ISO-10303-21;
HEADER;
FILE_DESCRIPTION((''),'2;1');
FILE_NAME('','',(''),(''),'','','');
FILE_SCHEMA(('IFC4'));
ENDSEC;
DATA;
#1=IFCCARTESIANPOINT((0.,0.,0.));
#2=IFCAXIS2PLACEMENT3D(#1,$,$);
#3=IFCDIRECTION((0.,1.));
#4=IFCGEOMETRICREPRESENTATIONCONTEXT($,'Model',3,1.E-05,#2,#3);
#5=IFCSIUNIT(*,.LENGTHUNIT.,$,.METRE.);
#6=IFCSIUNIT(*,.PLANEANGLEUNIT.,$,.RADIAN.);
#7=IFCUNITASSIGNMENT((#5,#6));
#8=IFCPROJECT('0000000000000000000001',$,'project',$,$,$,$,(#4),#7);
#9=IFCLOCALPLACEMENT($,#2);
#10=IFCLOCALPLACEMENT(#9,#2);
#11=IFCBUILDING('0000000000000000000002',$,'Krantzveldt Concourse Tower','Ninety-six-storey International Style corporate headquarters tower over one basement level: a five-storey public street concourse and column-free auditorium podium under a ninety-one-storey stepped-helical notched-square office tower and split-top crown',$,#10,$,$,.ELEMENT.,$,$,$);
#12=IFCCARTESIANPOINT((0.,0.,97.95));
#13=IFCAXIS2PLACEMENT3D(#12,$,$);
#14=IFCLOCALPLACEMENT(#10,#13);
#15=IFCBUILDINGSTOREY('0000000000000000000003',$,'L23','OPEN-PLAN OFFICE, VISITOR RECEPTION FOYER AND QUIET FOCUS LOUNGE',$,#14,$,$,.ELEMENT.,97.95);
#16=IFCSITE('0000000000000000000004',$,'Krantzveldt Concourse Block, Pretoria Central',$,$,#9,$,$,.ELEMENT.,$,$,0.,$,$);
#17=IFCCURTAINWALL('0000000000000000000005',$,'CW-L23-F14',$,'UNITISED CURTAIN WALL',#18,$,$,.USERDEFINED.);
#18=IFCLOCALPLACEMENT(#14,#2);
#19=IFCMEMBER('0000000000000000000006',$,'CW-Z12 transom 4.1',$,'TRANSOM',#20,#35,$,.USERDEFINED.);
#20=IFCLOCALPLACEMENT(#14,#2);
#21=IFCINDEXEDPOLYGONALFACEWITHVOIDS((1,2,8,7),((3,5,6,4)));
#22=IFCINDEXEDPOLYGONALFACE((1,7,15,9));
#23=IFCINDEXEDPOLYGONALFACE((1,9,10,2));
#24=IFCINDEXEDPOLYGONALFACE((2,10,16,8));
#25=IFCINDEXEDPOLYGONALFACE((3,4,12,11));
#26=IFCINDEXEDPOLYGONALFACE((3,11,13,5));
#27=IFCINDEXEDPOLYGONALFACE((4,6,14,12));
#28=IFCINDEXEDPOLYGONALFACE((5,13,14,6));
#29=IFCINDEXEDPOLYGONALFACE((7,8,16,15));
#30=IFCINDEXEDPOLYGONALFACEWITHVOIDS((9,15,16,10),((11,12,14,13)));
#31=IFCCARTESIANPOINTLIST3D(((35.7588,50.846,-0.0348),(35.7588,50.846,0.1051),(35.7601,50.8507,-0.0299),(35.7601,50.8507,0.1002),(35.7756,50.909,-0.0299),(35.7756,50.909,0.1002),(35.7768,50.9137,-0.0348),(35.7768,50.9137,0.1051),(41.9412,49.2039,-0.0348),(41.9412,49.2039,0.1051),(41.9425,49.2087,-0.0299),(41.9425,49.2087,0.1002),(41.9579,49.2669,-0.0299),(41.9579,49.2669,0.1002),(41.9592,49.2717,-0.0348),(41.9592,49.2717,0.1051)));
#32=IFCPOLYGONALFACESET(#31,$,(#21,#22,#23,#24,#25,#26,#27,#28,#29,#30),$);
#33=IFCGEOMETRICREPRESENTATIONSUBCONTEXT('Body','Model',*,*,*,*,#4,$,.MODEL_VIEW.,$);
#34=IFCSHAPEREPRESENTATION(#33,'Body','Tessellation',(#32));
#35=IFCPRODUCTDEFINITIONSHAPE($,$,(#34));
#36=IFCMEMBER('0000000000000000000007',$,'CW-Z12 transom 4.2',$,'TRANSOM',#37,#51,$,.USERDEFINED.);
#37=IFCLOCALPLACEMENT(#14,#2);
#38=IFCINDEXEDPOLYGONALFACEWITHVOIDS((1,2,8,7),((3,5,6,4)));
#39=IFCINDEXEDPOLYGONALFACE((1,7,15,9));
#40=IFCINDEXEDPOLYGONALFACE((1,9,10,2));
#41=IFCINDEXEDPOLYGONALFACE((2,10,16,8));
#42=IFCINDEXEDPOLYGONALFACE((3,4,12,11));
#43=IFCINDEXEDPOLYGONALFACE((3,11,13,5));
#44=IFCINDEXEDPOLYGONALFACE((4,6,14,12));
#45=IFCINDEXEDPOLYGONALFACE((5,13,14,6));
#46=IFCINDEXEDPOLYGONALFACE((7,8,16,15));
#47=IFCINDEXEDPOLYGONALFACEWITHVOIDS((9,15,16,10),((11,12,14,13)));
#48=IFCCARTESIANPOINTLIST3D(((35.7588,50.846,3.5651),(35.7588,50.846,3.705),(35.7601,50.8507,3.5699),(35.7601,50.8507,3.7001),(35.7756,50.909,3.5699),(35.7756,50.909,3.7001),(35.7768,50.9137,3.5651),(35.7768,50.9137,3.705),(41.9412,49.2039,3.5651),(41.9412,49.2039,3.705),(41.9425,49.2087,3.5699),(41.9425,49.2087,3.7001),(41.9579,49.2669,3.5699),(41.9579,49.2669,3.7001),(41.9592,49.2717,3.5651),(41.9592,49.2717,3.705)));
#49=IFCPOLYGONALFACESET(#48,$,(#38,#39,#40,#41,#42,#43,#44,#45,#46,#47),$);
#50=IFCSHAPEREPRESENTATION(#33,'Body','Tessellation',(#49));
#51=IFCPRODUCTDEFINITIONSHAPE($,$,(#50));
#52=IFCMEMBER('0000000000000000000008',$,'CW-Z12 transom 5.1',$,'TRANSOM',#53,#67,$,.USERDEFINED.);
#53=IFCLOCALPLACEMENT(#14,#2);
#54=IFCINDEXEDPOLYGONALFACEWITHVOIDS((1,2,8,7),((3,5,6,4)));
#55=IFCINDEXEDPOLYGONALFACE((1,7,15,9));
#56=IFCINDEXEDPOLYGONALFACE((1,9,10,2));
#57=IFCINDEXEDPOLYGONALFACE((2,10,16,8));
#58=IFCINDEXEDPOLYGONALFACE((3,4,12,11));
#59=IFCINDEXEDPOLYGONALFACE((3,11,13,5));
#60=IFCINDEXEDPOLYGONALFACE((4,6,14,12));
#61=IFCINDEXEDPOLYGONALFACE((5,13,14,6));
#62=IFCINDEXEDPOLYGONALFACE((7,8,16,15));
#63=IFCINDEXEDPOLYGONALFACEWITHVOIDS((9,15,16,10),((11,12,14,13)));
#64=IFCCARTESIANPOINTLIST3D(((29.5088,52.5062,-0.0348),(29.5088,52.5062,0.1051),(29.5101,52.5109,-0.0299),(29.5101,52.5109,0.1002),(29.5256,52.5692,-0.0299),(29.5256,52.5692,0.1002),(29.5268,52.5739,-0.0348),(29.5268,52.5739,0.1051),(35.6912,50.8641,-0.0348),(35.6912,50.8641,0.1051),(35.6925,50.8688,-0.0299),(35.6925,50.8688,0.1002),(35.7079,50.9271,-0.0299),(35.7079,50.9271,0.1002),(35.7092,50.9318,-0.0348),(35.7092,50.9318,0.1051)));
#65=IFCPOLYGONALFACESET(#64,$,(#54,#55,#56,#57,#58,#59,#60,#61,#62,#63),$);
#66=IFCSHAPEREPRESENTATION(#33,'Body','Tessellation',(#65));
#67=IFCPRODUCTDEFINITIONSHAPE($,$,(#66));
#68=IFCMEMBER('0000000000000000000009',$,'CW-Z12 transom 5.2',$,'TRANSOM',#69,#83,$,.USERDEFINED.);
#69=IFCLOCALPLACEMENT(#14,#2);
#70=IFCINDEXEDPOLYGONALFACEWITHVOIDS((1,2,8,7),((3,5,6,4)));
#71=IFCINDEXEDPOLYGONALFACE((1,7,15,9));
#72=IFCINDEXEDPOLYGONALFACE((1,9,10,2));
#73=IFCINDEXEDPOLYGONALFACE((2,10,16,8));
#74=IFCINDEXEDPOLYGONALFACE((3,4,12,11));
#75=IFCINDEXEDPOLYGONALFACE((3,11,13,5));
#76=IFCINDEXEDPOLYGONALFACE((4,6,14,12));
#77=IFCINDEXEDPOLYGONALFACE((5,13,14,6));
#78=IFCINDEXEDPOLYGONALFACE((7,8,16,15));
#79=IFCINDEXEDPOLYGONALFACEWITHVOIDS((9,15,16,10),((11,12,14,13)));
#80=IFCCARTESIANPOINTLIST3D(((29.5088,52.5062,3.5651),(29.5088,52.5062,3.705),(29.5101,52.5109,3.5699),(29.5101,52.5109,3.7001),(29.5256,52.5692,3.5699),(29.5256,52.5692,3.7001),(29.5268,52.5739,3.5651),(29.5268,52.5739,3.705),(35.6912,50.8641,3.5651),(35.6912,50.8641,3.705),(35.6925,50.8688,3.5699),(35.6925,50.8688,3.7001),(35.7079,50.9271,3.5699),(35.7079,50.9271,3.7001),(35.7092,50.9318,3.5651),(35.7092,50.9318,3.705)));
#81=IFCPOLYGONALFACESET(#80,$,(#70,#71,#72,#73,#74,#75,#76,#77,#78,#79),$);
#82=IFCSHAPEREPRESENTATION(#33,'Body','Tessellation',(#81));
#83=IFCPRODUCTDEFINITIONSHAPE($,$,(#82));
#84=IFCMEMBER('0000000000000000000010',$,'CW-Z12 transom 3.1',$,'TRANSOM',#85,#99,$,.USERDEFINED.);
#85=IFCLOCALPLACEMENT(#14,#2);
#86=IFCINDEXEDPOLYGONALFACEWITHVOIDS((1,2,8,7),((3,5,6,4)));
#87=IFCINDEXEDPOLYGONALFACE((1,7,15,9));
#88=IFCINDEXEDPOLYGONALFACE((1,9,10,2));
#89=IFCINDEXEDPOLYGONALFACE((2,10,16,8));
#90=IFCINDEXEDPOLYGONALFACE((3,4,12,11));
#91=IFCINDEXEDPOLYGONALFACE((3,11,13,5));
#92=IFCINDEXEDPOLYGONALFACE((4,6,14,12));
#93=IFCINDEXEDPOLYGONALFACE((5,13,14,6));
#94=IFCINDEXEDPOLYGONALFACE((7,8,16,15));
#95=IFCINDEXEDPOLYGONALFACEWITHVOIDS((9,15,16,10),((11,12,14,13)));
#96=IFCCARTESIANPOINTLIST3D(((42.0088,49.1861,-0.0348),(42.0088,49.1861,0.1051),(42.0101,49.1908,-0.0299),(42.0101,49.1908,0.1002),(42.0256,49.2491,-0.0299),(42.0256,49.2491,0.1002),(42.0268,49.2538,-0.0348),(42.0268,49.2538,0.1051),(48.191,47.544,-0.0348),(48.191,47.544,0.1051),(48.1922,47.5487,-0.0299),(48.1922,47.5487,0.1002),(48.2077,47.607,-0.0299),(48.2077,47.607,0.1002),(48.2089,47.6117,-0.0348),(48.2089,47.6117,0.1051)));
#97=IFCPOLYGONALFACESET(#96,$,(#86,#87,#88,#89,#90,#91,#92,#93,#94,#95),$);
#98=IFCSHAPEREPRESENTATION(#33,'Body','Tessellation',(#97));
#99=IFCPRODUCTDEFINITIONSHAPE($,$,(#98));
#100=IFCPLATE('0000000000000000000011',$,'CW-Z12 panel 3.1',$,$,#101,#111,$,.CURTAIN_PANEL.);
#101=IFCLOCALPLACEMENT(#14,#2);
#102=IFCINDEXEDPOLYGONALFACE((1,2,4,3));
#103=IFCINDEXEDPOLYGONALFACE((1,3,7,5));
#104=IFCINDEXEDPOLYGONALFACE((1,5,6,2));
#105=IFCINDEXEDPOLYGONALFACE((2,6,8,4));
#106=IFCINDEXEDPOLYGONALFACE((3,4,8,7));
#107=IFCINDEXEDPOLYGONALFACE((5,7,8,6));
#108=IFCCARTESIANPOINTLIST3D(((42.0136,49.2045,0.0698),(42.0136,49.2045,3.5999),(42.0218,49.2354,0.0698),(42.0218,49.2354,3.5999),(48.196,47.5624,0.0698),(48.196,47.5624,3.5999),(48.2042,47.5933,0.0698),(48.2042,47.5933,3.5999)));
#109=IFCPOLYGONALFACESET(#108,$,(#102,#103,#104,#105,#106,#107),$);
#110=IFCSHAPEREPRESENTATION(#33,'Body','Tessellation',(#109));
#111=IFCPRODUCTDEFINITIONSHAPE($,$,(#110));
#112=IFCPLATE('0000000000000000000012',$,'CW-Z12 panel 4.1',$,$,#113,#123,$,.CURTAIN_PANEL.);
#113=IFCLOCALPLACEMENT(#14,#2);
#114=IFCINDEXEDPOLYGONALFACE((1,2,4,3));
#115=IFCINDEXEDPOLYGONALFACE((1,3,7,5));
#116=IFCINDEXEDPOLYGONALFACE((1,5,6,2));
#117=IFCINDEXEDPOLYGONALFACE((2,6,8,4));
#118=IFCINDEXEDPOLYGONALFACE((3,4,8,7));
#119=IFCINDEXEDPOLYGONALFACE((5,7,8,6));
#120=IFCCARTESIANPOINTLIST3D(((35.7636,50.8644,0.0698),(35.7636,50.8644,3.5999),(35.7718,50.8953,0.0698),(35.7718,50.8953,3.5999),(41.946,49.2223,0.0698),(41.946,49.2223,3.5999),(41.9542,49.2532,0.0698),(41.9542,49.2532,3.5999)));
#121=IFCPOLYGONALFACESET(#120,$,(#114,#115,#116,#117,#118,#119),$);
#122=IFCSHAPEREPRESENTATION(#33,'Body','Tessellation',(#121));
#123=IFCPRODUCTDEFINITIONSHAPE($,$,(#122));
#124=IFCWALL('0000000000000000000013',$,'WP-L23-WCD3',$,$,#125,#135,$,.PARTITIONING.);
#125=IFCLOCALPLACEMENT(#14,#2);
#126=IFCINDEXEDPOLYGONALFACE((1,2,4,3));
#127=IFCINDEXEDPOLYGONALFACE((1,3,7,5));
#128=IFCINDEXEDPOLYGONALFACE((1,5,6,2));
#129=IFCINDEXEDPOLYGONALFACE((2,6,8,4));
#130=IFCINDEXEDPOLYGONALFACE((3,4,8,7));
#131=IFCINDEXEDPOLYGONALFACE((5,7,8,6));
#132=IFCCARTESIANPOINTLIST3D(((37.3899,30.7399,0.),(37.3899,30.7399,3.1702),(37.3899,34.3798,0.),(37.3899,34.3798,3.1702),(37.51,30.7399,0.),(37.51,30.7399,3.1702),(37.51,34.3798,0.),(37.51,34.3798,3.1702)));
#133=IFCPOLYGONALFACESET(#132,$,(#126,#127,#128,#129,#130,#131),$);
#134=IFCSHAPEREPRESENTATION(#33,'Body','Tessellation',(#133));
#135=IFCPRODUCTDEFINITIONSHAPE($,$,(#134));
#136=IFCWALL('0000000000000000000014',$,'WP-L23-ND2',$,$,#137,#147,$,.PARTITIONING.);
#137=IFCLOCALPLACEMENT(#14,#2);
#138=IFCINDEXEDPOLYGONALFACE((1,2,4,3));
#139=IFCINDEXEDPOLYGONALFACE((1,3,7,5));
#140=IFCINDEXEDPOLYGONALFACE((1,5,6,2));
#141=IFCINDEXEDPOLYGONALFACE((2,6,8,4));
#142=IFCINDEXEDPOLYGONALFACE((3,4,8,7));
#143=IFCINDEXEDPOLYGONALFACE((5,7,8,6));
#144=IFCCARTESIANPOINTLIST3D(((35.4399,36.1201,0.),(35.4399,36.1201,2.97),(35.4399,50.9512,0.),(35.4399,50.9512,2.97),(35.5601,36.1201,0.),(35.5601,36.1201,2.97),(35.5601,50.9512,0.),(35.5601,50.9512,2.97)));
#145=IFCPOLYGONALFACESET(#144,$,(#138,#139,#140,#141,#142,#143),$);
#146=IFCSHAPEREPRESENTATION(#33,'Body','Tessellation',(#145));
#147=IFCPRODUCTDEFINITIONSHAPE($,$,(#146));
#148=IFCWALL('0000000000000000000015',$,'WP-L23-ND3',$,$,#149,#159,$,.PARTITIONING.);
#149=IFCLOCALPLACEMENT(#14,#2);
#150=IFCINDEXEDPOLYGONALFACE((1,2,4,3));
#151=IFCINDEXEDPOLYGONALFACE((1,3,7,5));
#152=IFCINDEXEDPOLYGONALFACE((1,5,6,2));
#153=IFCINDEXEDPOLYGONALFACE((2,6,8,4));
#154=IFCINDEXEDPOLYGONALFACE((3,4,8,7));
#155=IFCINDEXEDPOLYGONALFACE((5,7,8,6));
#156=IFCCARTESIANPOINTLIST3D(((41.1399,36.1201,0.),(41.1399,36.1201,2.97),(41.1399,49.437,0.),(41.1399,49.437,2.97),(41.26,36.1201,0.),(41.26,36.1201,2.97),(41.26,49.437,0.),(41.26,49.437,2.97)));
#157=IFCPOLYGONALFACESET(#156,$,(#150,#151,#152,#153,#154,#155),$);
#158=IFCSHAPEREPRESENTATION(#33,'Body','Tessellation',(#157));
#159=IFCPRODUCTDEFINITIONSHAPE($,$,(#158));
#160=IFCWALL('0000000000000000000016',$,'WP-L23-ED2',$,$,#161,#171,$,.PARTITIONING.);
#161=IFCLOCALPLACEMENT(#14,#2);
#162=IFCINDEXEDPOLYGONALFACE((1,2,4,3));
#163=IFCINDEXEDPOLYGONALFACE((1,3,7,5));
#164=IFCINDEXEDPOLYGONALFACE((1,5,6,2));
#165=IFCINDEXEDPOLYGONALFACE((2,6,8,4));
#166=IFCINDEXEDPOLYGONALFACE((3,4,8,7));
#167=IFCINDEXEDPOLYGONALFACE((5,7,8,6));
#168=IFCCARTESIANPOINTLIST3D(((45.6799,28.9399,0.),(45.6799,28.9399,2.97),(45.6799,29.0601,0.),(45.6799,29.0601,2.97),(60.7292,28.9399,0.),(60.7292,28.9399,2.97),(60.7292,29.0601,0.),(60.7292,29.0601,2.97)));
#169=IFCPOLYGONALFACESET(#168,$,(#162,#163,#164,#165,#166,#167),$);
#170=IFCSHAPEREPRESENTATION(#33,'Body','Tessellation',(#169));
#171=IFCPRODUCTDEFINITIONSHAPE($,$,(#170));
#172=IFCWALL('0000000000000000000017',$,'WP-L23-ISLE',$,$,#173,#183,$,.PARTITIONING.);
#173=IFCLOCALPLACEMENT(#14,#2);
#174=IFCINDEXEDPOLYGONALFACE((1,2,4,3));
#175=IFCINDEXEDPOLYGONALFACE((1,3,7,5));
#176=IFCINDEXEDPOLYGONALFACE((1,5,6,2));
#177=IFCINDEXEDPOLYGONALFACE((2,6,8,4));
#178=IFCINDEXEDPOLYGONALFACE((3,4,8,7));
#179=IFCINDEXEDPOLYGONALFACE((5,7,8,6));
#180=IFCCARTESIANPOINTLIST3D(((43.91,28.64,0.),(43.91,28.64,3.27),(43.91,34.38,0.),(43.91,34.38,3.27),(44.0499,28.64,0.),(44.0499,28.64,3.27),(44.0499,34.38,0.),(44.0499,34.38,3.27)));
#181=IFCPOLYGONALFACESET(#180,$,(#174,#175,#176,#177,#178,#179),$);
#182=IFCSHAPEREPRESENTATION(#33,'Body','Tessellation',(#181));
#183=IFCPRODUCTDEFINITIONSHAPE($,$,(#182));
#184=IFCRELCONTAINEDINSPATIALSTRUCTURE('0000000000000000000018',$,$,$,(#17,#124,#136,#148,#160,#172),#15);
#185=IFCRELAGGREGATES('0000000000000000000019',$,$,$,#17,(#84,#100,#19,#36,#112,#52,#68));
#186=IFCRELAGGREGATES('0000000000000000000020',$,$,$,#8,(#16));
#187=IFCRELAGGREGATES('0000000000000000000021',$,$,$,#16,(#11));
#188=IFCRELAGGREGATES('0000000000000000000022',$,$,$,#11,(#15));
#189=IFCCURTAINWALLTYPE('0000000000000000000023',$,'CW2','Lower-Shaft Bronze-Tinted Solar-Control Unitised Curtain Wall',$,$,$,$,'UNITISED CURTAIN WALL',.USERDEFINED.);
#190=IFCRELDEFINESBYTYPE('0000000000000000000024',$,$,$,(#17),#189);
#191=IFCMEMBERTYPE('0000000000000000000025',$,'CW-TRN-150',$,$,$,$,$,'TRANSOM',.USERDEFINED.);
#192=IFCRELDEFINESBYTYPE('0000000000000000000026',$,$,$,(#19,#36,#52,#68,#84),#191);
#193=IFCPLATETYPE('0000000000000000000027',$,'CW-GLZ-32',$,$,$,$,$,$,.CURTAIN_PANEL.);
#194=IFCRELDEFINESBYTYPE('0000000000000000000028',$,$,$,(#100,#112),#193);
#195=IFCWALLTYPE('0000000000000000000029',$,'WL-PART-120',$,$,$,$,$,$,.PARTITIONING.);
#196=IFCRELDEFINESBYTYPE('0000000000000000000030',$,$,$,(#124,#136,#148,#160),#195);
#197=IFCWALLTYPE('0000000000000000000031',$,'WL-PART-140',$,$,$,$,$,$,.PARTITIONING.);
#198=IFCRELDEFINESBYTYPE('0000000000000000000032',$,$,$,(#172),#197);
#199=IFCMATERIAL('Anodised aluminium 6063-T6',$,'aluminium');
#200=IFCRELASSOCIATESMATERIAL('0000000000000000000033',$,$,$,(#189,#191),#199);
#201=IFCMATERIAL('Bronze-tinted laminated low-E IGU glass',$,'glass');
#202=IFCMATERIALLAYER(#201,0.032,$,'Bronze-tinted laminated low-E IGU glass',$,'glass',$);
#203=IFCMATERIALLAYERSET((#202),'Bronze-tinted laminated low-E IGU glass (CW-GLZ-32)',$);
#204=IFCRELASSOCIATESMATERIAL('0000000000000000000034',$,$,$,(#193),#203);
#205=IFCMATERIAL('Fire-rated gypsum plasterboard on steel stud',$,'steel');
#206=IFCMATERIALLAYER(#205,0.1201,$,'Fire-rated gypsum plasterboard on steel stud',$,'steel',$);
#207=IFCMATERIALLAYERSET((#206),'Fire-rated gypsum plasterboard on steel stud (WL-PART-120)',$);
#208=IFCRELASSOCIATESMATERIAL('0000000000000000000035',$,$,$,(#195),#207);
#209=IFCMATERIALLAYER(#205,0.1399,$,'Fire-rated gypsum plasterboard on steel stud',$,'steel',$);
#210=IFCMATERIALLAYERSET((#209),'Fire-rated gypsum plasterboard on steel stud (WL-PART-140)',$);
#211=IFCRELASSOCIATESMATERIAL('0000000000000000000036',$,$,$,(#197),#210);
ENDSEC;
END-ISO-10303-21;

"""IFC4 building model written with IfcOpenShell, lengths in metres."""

from ifc_helpers import new_model, si_unit, direction, frame, frame_2d, origin, origin_2d, place, context, subcontext, project, spatial, rectangle, hollow_rectangle, extrude, source, transform, mapped, material, layer, layer_set, material_profile, profile_set, type_object, type_shapes, element, aggregate, save


model = new_model("IFC4")

# Units and contexts
model_context = context("Model", 3, precision=1e-05, world=origin(), true_north=direction((0.0, 1.0)))
body_context = subcontext(model_context, "Body", "Model", "MODEL_VIEW")
ifc_project = project(units=[si_unit("LENGTHUNIT", "METRE"), si_unit("PLANEANGLEUNIT", "RADIAN")], contexts=[model_context])

# Site, building, storey
site_placement = place(None, origin())
site = spatial("IfcSite", under=ifc_project, at=site_placement, Name="Krantzveldt Concourse Block, Pretoria Central", CompositionType="ELEMENT", RefElevation=0.0)
building_placement = place(site_placement, origin())
building = spatial("IfcBuilding", under=site, at=building_placement, Name="Krantzveldt Concourse Tower", Description="Ninety-six-storey International Style corporate headquarters tower over one basement level: a five-storey public street concourse and column-free auditorium podium under a ninety-one-storey stepped-helical notched-square office tower and split-top crown", CompositionType="ELEMENT")
storey_placement = place(building_placement, frame((0.0, 0.0, 97.95)))
storey = spatial("IfcBuildingStorey", under=building, at=storey_placement, Name="L23", Description="OPEN-PLAN OFFICE, VISITOR RECEPTION FOYER AND QUIET FOCUS LOUNGE", CompositionType="ELEMENT", Elevation=97.95)

# Curtain wall, members, plates
ifc_material_1 = material(Name="Anodised aluminium 6063-T6", Category="aluminium")
curtain_wall_type = type_object("IfcCurtainWallType", Name="CW2", Description="Lower-Shaft Bronze-Tinted Solar-Control Unitised Curtain Wall", ElementType="UNITISED CURTAIN WALL", PredefinedType="USERDEFINED", material=ifc_material_1)
curtain_wall_placement = place(storey_placement, origin())
curtain_wall = element("IfcCurtainWall", 1, at=curtain_wall_placement, inside=storey, type_object=curtain_wall_type, Name="CW-L23-F14", ObjectType="UNITISED CURTAIN WALL", PredefinedType="USERDEFINED")
ifc_material_profile_1 = material_profile(ifc_material_1, hollow_rectangle(XDim=0.0701, YDim=0.1399, WallThickness=0.0049, at=origin_2d()), Name="Anodised aluminium 6063-T6", Category="aluminium")
ifc_profile_set_1 = profile_set([ifc_material_profile_1], Name="Anodised aluminium 6063-T6 - ALU-TRAN 140x70x5")
member_type_1 = type_object("IfcMemberType", Name="CW-TRN-150", ElementType="TRANSOM", PredefinedType="USERDEFINED", material=ifc_profile_set_1)
shared_shape_1 = source(origin(), body_context, "Body", "SweptSolid", [
    extrude(hollow_rectangle(XDim=0.0701, YDim=0.1399, WallThickness=0.0049, at=origin_2d()), origin(), (0.0, 0.0, 1.0), 6.3967),
])
member_1_placement = place(storey_placement, frame((41.9502, 49.2378, 0.0352), z_axis=(-0.966489, 0.256708, 0.0), x_axis=(-0.256708, -0.966489, 0.0)))
member_1 = element("IfcMember", 2, at=member_1_placement, type_object=member_type_1, Name="CW-Z12 transom 4.1", ObjectType="TRANSOM", PredefinedType="USERDEFINED", context=body_context, shape_type="MappedRepresentation", body=[
    mapped(shared_shape_1, transform((0.0, 0.0, 0.0), x_axis=(1.0, 0.0, 0.0), y_axis=(0.0, 1.0, 0.0), z_axis=(0.0, 0.0, 1.0), scale=1.0)),
])
member_2_placement = place(storey_placement, frame((41.9502, 49.2378, 3.635), z_axis=(-0.966489, 0.256708, 0.0), x_axis=(-0.256708, -0.966489, 0.0)))
member_2 = element("IfcMember", 3, at=member_2_placement, type_object=member_type_1, Name="CW-Z12 transom 4.2", ObjectType="TRANSOM", PredefinedType="USERDEFINED", context=body_context, shape_type="MappedRepresentation", body=[
    mapped(shared_shape_1, transform((0.0, 0.0, 0.0), x_axis=(1.0, 0.0, 0.0), y_axis=(0.0, 1.0, 0.0), z_axis=(0.0, 0.0, 1.0), scale=1.0)),
])
member_3_placement = place(storey_placement, frame((35.7002, 50.8979, 0.0352), z_axis=(-0.966489, 0.256708, 0.0), x_axis=(-0.256708, -0.966489, 0.0)))
member_3 = element("IfcMember", 4, at=member_3_placement, type_object=member_type_1, Name="CW-Z12 transom 5.1", ObjectType="TRANSOM", PredefinedType="USERDEFINED", context=body_context, shape_type="MappedRepresentation", body=[
    mapped(shared_shape_1, transform((0.0, 0.0, 0.0), x_axis=(1.0, 0.0, 0.0), y_axis=(0.0, 1.0, 0.0), z_axis=(0.0, 0.0, 1.0), scale=1.0)),
])
member_4_placement = place(storey_placement, frame((35.7002, 50.8979, 3.635), z_axis=(-0.966489, 0.256708, 0.0), x_axis=(-0.256708, -0.966489, 0.0)))
member_4 = element("IfcMember", 5, at=member_4_placement, type_object=member_type_1, Name="CW-Z12 transom 5.2", ObjectType="TRANSOM", PredefinedType="USERDEFINED", context=body_context, shape_type="MappedRepresentation", body=[
    mapped(shared_shape_1, transform((0.0, 0.0, 0.0), x_axis=(1.0, 0.0, 0.0), y_axis=(0.0, 1.0, 0.0), z_axis=(0.0, 0.0, 1.0), scale=1.0)),
])
shared_shape_2 = source(origin(), body_context, "Body", "SweptSolid", [
    extrude(hollow_rectangle(XDim=0.0701, YDim=0.1399, WallThickness=0.0049, at=origin_2d()), origin(), (0.0, 0.0, 1.0), 6.3965),
])
type_shapes(member_type_1, [shared_shape_1, shared_shape_2])
member_5_placement = place(storey_placement, frame((48.2, 47.5779, 0.0352), z_axis=(-0.966487, 0.256717, 0.0), x_axis=(-0.256717, -0.966487, 0.0)))
member_5 = element("IfcMember", 6, at=member_5_placement, type_object=member_type_1, Name="CW-Z12 transom 3.1", ObjectType="TRANSOM", PredefinedType="USERDEFINED", context=body_context, shape_type="MappedRepresentation", body=[
    mapped(shared_shape_2, transform((0.0, 0.0, 0.0), x_axis=(1.0, 0.0, 0.0), y_axis=(0.0, 1.0, 0.0), z_axis=(0.0, 0.0, 1.0), scale=1.0)),
])
ifc_material_2 = material(Name="Bronze-tinted laminated low-E IGU glass", Category="glass")
ifc_layer_1 = layer(ifc_material_2, 0.032, Name="Bronze-tinted laminated low-E IGU glass", Category="glass")
ifc_layer_set_1 = layer_set([ifc_layer_1], Name="Bronze-tinted laminated low-E IGU glass (CW-GLZ-32)")
plate_type = type_object("IfcPlateType", Name="CW-GLZ-32", PredefinedType="CURTAIN_PANEL", material=ifc_layer_set_1)
shared_shape_3 = source(origin(), body_context, "Body", "SweptSolid", [
    extrude(rectangle(XDim=6.3967, YDim=0.032, at=origin_2d()), origin(), (0.0, 0.0, 1.0), 3.53),
])
type_shapes(plate_type, [shared_shape_3])
plate_1_placement = place(storey_placement, frame((45.1089, 48.3989, 0.0698), z_axis=(0.0, 0.0, 1.0), x_axis=(-0.966488, 0.256711, 0.0)))
plate_1 = element("IfcPlate", 7, at=plate_1_placement, type_object=plate_type, Name="CW-Z12 panel 3.1", PredefinedType="CURTAIN_PANEL", context=body_context, shape_type="MappedRepresentation", body=[
    mapped(shared_shape_3, transform((0.0, 0.0, 0.0), x_axis=(1.0, 0.0, 0.0), y_axis=(0.0, 1.0, 0.0), z_axis=(0.0, 0.0, 1.0), scale=1.0)),
])
plate_2_placement = place(storey_placement, frame((38.8589, 50.0588, 0.0698), z_axis=(0.0, 0.0, 1.0), x_axis=(-0.966488, 0.256711, 0.0)))
plate_2 = element("IfcPlate", 8, at=plate_2_placement, type_object=plate_type, Name="CW-Z12 panel 4.1", PredefinedType="CURTAIN_PANEL", context=body_context, shape_type="MappedRepresentation", body=[
    mapped(shared_shape_3, transform((0.0, 0.0, 0.0), x_axis=(1.0, 0.0, 0.0), y_axis=(0.0, 1.0, 0.0), z_axis=(0.0, 0.0, 1.0), scale=1.0)),
])
aggregate(curtain_wall, [member_5, plate_1, member_1, member_2, plate_2, member_3, member_4])

# Walls
ifc_material_3 = material(Name="Fire-rated gypsum plasterboard on steel stud", Category="steel")
ifc_layer_2 = layer(ifc_material_3, 0.1201, Name="Fire-rated gypsum plasterboard on steel stud", Category="steel")
ifc_layer_set_2 = layer_set([ifc_layer_2], Name="Fire-rated gypsum plasterboard on steel stud (WL-PART-120)")
wall_type_1 = type_object("IfcWallType", Name="WL-PART-120", PredefinedType="PARTITIONING", material=ifc_layer_set_2)
wall_1_placement = place(storey_placement, frame((37.45, 30.74, 0.0), z_axis=(0.0, 0.0, 1.0), x_axis=(0.0, 1.0, 0.0)))
element("IfcWall", 9, at=wall_1_placement, inside=storey, type_object=wall_type_1, Name="WP-L23-WCD3", PredefinedType="PARTITIONING", context=body_context, shape_type="SweptSolid", body=[
    extrude(rectangle(XDim=3.6399, YDim=0.1201, at=frame_2d((1.8198, 0.0))), origin(), (0.0, 0.0, 1.0), 3.1702),
])
wall_2_placement = place(storey_placement, frame((35.5, 36.1201, 0.0), z_axis=(0.0, 0.0, 1.0), x_axis=(0.0, 1.0, 0.0)))
element("IfcWall", 10, at=wall_2_placement, inside=storey, type_object=wall_type_1, Name="WP-L23-ND2", PredefinedType="PARTITIONING", context=body_context, shape_type="SweptSolid", body=[
    extrude(rectangle(XDim=14.8311, YDim=0.1201, at=frame_2d((7.4155, 0.0))), origin(), (0.0, 0.0, 1.0), 2.97),
])
wall_3_placement = place(storey_placement, frame((41.2, 36.1201, 0.0), z_axis=(0.0, 0.0, 1.0), x_axis=(0.0, 1.0, 0.0)))
element("IfcWall", 11, at=wall_3_placement, inside=storey, type_object=wall_type_1, Name="WP-L23-ND3", PredefinedType="PARTITIONING", context=body_context, shape_type="SweptSolid", body=[
    extrude(rectangle(XDim=13.3169, YDim=0.1201, at=frame_2d((6.6584, 0.0))), origin(), (0.0, 0.0, 1.0), 2.97),
])
wall_4_placement = place(storey_placement, frame((45.6799, 29.0, 0.0), z_axis=(0.0, 0.0, 1.0), x_axis=(1.0, 0.0, 0.0)))
element("IfcWall", 12, at=wall_4_placement, inside=storey, type_object=wall_type_1, Name="WP-L23-ED2", PredefinedType="PARTITIONING", context=body_context, shape_type="SweptSolid", body=[
    extrude(rectangle(XDim=15.0493, YDim=0.1201, at=frame_2d((7.5247, 0.0))), origin(), (0.0, 0.0, 1.0), 2.97),
])
ifc_layer_3 = layer(ifc_material_3, 0.1399, Name="Fire-rated gypsum plasterboard on steel stud", Category="steel")
ifc_layer_set_3 = layer_set([ifc_layer_3], Name="Fire-rated gypsum plasterboard on steel stud (WL-PART-140)")
wall_type_2 = type_object("IfcWallType", Name="WL-PART-140", PredefinedType="PARTITIONING", material=ifc_layer_set_3)
wall_5_placement = place(storey_placement, frame((43.98, 28.6399, 0.0), z_axis=(0.0, 0.0, 1.0), x_axis=(0.0, 1.0, 0.0)))
element("IfcWall", 13, at=wall_5_placement, inside=storey, type_object=wall_type_2, Name="WP-L23-ISLE", PredefinedType="PARTITIONING", context=body_context, shape_type="SweptSolid", body=[
    extrude(rectangle(XDim=5.74, YDim=0.1399, at=frame_2d((2.8701, 0.0))), origin(), (0.0, 0.0, 1.0), 3.27),
])

save(model, "model.ifc")
